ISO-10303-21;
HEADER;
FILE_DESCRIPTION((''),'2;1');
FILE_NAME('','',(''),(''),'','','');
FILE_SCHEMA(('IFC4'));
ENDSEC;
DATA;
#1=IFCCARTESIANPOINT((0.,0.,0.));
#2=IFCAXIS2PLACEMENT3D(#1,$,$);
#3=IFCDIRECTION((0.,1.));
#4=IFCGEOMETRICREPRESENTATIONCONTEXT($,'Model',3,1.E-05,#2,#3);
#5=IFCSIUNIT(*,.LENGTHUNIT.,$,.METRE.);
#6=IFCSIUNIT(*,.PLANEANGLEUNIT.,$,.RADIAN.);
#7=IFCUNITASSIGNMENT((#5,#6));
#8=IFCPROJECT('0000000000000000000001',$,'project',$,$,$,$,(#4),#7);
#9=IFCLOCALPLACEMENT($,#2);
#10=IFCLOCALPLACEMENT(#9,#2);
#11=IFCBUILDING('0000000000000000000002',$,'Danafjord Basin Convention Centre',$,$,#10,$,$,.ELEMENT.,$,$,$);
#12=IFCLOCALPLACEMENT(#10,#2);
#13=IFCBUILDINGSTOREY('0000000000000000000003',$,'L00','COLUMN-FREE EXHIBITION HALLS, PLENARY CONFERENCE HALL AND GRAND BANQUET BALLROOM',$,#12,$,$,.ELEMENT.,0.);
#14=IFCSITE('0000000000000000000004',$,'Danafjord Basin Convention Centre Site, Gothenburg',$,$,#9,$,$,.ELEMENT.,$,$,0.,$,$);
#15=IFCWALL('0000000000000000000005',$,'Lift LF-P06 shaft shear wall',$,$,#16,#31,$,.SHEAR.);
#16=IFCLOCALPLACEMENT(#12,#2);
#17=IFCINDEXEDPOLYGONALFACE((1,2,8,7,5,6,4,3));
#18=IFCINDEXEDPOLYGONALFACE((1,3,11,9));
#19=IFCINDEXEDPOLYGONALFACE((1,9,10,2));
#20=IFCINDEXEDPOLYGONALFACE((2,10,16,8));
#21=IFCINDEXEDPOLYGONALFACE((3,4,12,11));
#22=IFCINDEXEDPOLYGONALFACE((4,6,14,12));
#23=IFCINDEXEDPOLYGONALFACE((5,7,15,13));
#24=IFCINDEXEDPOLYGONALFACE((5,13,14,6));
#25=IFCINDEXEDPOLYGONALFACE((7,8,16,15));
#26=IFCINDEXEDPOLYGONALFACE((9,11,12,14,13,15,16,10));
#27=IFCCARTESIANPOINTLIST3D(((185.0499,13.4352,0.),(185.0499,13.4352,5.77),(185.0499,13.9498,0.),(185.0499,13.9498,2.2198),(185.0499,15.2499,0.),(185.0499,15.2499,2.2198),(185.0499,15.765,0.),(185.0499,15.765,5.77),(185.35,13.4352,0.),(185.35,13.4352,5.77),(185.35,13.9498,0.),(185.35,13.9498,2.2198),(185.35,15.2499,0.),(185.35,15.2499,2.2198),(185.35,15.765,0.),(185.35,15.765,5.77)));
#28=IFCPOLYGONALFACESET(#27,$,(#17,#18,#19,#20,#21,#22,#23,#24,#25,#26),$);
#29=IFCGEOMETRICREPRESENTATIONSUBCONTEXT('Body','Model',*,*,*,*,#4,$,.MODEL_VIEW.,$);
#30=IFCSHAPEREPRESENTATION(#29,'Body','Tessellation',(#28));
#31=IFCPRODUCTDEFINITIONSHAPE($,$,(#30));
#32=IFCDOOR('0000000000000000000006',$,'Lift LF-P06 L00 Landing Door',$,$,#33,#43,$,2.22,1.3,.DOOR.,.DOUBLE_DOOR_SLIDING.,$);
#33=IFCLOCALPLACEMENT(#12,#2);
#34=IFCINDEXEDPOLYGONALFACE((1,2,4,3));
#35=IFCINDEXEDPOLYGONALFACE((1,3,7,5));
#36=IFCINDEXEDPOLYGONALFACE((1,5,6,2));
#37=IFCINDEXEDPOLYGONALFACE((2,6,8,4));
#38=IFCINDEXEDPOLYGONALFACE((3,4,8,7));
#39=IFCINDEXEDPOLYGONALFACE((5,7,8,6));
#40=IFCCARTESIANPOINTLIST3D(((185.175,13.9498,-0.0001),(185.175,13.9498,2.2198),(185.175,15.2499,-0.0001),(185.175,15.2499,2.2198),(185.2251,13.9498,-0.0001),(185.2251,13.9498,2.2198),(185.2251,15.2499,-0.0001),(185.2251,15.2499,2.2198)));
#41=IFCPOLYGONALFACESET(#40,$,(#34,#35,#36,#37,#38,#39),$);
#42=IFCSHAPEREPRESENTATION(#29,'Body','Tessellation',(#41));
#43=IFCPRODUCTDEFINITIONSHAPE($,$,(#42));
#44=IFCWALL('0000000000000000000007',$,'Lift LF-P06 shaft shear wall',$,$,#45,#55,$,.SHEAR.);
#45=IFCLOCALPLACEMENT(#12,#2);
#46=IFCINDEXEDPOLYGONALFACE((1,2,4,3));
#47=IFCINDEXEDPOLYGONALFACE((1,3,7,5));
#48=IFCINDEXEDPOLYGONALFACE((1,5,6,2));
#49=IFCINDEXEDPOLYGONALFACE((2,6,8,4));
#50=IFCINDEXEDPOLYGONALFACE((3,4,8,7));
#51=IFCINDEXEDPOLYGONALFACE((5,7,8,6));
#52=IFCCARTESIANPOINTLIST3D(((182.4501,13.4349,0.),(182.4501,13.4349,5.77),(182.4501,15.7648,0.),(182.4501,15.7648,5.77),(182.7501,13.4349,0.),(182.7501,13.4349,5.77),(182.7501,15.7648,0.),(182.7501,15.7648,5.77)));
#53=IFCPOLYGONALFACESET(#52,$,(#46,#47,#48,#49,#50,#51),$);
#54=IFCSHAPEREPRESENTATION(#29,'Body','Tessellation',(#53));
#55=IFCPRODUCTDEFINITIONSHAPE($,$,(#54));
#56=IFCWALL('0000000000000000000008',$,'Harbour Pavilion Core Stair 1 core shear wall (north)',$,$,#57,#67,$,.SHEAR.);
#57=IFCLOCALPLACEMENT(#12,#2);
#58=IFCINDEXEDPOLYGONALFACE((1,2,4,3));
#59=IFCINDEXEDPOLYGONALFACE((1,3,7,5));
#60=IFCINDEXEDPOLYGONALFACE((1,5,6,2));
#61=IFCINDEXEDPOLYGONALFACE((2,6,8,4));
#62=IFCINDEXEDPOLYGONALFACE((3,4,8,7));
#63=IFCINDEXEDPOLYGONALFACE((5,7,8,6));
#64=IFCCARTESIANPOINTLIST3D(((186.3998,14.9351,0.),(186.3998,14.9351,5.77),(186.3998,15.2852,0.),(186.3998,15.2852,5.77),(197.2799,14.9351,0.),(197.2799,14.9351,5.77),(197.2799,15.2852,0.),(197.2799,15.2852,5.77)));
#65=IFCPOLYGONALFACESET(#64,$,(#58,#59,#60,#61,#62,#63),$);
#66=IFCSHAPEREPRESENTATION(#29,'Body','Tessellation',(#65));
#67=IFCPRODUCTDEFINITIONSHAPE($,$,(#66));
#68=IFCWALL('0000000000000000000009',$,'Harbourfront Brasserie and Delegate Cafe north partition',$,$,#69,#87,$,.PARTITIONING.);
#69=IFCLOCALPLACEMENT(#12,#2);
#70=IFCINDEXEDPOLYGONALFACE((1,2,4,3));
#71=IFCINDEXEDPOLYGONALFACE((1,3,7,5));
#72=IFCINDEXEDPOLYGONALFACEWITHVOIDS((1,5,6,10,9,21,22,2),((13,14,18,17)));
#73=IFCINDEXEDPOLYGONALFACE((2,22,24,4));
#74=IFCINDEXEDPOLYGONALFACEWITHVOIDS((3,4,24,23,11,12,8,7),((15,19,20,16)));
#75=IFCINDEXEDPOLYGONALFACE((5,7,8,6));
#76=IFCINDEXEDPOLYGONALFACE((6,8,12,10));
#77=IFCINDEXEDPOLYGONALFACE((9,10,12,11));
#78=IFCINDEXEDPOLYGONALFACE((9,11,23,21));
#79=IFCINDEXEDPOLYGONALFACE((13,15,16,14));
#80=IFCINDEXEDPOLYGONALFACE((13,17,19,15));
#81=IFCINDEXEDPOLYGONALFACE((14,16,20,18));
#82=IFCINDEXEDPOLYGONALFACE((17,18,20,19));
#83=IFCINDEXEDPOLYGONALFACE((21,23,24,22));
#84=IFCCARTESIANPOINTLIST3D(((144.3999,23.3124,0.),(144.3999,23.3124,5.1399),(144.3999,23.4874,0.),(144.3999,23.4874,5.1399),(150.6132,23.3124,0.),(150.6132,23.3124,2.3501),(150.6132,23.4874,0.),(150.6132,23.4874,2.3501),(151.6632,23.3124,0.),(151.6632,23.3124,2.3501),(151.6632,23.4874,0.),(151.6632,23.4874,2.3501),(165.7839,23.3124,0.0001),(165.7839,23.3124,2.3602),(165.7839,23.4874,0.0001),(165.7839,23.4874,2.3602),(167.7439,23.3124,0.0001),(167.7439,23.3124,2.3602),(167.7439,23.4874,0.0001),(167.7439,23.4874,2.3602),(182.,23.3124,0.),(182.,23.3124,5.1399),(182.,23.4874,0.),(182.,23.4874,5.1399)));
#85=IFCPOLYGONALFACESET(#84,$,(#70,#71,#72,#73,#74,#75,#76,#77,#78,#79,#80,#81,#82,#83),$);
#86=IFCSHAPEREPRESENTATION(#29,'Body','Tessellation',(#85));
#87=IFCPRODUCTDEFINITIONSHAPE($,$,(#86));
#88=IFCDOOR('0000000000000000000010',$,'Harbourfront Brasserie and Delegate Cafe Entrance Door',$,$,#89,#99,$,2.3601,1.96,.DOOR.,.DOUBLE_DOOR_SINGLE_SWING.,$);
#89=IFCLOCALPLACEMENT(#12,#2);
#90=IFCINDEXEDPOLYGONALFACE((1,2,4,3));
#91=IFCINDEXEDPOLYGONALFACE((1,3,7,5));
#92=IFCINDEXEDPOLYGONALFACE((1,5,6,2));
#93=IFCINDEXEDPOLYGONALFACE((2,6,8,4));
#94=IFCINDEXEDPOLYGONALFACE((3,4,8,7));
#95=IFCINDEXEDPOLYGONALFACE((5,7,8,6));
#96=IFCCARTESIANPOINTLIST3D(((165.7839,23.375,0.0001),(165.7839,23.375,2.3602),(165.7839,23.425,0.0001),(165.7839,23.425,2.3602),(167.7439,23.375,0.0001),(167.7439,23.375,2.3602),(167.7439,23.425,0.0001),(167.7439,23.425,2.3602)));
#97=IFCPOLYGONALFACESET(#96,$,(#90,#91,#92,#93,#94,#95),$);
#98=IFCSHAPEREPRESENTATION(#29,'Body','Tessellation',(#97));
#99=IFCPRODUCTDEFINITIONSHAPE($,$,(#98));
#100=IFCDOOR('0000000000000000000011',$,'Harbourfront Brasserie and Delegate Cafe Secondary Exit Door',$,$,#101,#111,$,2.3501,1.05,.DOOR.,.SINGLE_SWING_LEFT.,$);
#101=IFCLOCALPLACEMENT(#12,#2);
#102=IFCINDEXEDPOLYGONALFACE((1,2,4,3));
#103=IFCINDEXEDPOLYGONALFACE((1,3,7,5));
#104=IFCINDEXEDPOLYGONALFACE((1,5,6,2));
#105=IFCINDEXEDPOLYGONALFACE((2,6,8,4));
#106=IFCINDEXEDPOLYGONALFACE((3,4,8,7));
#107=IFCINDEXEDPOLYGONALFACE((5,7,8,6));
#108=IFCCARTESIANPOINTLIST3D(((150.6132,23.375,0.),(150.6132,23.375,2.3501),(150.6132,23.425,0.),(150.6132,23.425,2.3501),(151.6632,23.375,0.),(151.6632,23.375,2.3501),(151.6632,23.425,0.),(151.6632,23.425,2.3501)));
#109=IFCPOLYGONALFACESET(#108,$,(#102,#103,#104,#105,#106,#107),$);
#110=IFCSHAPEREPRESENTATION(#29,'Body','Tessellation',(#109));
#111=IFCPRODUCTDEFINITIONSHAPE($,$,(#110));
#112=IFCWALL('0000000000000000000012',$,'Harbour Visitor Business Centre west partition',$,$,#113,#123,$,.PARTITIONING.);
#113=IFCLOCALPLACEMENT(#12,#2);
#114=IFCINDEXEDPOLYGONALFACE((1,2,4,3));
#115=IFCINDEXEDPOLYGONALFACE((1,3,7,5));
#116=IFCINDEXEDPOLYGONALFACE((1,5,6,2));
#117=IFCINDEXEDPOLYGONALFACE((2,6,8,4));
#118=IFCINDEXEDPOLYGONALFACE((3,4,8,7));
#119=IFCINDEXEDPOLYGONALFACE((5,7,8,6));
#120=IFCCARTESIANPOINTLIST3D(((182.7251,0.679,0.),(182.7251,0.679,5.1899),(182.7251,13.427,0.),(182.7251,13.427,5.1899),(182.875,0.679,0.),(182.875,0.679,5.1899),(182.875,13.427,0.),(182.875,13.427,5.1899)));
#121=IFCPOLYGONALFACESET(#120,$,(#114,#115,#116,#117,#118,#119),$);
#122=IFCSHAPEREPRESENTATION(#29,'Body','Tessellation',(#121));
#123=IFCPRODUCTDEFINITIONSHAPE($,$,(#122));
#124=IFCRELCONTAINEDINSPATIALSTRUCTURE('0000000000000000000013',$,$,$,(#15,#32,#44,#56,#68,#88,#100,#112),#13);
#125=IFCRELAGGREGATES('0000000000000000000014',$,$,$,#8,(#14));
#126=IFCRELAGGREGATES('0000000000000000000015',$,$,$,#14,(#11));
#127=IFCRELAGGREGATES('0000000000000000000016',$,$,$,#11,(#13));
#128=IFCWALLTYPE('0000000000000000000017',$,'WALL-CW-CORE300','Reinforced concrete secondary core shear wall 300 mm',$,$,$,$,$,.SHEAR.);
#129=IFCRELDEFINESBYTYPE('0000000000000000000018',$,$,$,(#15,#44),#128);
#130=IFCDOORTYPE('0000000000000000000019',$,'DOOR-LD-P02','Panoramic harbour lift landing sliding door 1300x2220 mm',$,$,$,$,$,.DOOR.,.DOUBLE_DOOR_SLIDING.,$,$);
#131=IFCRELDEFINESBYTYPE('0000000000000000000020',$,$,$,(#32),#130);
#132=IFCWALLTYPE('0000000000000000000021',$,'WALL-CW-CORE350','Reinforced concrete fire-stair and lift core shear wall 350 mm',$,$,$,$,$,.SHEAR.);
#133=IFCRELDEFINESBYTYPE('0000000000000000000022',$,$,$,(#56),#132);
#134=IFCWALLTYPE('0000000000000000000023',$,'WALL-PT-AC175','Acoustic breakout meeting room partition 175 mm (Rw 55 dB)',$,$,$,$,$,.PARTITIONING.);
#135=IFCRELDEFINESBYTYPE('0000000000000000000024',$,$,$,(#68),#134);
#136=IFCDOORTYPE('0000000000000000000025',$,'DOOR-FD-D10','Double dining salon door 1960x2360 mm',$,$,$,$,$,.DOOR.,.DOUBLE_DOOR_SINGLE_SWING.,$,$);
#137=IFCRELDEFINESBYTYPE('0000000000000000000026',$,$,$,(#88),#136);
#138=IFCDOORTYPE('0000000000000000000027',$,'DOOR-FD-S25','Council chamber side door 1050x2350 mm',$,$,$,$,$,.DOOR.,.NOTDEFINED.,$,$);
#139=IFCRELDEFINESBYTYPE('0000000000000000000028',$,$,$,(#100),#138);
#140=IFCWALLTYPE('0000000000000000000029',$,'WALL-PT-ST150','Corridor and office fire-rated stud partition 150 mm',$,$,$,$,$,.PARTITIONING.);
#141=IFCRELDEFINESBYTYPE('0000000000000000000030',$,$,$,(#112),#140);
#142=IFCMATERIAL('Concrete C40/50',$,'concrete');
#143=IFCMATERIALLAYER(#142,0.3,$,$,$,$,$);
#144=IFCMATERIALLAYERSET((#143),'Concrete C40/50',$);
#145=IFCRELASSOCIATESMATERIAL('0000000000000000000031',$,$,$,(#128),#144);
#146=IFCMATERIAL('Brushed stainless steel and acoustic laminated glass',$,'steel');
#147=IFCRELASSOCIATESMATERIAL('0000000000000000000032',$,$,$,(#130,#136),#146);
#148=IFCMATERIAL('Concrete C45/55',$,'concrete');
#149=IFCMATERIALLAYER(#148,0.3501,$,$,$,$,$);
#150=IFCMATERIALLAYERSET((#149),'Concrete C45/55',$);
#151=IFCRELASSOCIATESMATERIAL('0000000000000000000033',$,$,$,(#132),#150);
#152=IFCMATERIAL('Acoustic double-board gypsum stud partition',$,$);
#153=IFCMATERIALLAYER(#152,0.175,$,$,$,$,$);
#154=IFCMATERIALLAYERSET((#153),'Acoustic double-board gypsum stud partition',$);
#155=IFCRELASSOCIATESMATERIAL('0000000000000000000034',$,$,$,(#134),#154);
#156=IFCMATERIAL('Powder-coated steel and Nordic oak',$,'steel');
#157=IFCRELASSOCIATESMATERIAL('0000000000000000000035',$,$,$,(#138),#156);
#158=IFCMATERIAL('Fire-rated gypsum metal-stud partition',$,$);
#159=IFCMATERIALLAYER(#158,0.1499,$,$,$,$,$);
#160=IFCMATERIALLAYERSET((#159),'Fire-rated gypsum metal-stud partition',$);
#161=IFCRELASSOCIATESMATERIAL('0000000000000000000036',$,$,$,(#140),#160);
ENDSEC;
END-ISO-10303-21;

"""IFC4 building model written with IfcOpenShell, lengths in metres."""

from ifc_helpers import new_model, si_unit, direction, frame, frame_2d, origin, place, context, subcontext, project, spatial, rectangle, extrude, material, layer, layer_set, type_object, element, fill, save


model = new_model("IFC4")

# Units and contexts
model_context = context("Model", 3, precision=1e-05, world=origin(), true_north=direction((0.0, 1.0)))
body_context = subcontext(model_context, "Body", "Model", "MODEL_VIEW")
ifc_project = project(units=[si_unit("LENGTHUNIT", "METRE"), si_unit("PLANEANGLEUNIT", "RADIAN")], contexts=[model_context])

# Site, building, storey
site_placement = place(None, origin())
site = spatial("IfcSite", under=ifc_project, at=site_placement, Name="Danafjord Basin Convention Centre Site, Gothenburg", CompositionType="ELEMENT", RefElevation=0.0)
building_placement = place(site_placement, origin())
building = spatial("IfcBuilding", under=site, at=building_placement, Name="Danafjord Basin Convention Centre", CompositionType="ELEMENT")
storey_placement = place(building_placement, origin())
storey = spatial("IfcBuildingStorey", under=building, at=storey_placement, Name="L00", Description="COLUMN-FREE EXHIBITION HALLS, PLENARY CONFERENCE HALL AND GRAND BANQUET BALLROOM", CompositionType="ELEMENT", Elevation=0.0)

# Shared definitions
ifc_material_1 = material(Name="Concrete C40/50", Category="concrete")
ifc_layer_1 = layer(ifc_material_1, 0.3)
ifc_layer_set_1 = layer_set([ifc_layer_1], Name="Concrete C40/50")
wall_type_1 = type_object("IfcWallType", Name="WALL-CW-CORE300", Description="Reinforced concrete secondary core shear wall 300 mm", PredefinedType="SHEAR", material=ifc_layer_set_1)

# Wall, opening, door
wall_1_placement = place(storey_placement, frame((185.2, 13.4351, 0.0), z_axis=(0.0, 0.0, 1.0), x_axis=(0.0, 1.0, 0.0)))
wall_1 = element("IfcWall", 1, at=wall_1_placement, inside=storey, type_object=wall_type_1, Name="Lift LF-P06 shaft shear wall", PredefinedType="SHEAR", context=body_context, shape_type="SweptSolid", body=[
    extrude(rectangle(XDim=2.3298, YDim=0.3, at=frame_2d((1.165, 0.0))), origin(), (0.0, 0.0, 1.0), 5.77),
])
opening_1_placement = place(wall_1_placement, frame((0.5149, 0.0, 0.0)))
opening_1 = element("IfcOpeningElement", 2, at=opening_1_placement, cuts=wall_1, PredefinedType="OPENING", context=body_context, shape_type="SweptSolid", body=[
    extrude(rectangle(XDim=1.3, YDim=2.22, at=frame_2d((0.6499, 1.1099))), frame((0.0, 0.1599, 0.0), z_axis=(0.0, -1.0, 0.0), x_axis=(1.0, 0.0, 0.0)), (0.0, 0.0, 1.0), 0.3201),
])
ifc_material_2 = material(Name="Brushed stainless steel and acoustic laminated glass", Category="steel")
door_type_1 = type_object("IfcDoorType", Name="DOOR-LD-P02", Description="Panoramic harbour lift landing sliding door 1300x2220 mm", OperationType="DOUBLE_DOOR_SLIDING", PredefinedType="DOOR", material=ifc_material_2)
door_1_placement = place(opening_1_placement, origin())
door_1 = element("IfcDoor", 3, at=door_1_placement, inside=storey, type_object=door_type_1, Name="Lift LF-P06 L00 Landing Door", OperationType="DOUBLE_DOOR_SLIDING", OverallHeight=2.22, OverallWidth=1.3, PredefinedType="DOOR", context=body_context, shape_type="SweptSolid", body=[
    extrude(rectangle(XDim=1.3, YDim=2.22, at=frame_2d((0.6499, 1.1099))), frame((0.0, 0.0249, 0.0), z_axis=(0.0, -1.0, 0.0), x_axis=(1.0, 0.0, 0.0)), (0.0, 0.0, 1.0), 0.05),
])
fill(opening_1, door_1)

# Walls
wall_2_placement = place(storey_placement, frame((182.6001, 15.7649, 0.0), z_axis=(0.0, 0.0, 1.0), x_axis=(0.0, -1.0, 0.0)))
element("IfcWall", 4, at=wall_2_placement, inside=storey, type_object=wall_type_1, Name="Lift LF-P06 shaft shear wall", PredefinedType="SHEAR", context=body_context, shape_type="SweptSolid", body=[
    extrude(rectangle(XDim=2.3298, YDim=0.3, at=frame_2d((1.165, 0.0))), origin(), (0.0, 0.0, 1.0), 5.77),
])
ifc_material_3 = material(Name="Concrete C45/55", Category="concrete")
ifc_layer_2 = layer(ifc_material_3, 0.3501)
ifc_layer_set_2 = layer_set([ifc_layer_2], Name="Concrete C45/55")
wall_type_2 = type_object("IfcWallType", Name="WALL-CW-CORE350", Description="Reinforced concrete fire-stair and lift core shear wall 350 mm", PredefinedType="SHEAR", material=ifc_layer_set_2)
wall_3_placement = place(storey_placement, frame((186.3999, 15.1101, 0.0), z_axis=(0.0, 0.0, 1.0), x_axis=(1.0, 0.0, 0.0)))
element("IfcWall", 5, at=wall_3_placement, inside=storey, type_object=wall_type_2, Name="Harbour Pavilion Core Stair 1 core shear wall (north)", PredefinedType="SHEAR", context=body_context, shape_type="SweptSolid", body=[
    extrude(rectangle(XDim=10.8801, YDim=0.3501, at=frame_2d((5.4399, 0.0))), origin(), (0.0, 0.0, 1.0), 5.77),
])

# Wall, openings, doors
ifc_material_4 = material(Name="Acoustic double-board gypsum stud partition")
ifc_layer_3 = layer(ifc_material_4, 0.175)
ifc_layer_set_3 = layer_set([ifc_layer_3], Name="Acoustic double-board gypsum stud partition")
wall_type_3 = type_object("IfcWallType", Name="WALL-PT-AC175", Description="Acoustic breakout meeting room partition 175 mm (Rw 55 dB)", PredefinedType="PARTITIONING", material=ifc_layer_set_3)
wall_4_placement = place(storey_placement, frame((182.0, 23.3999, 0.0), z_axis=(0.0, 0.0, 1.0), x_axis=(-1.0, 0.0, 0.0)))
wall_4 = element("IfcWall", 6, at=wall_4_placement, inside=storey, type_object=wall_type_3, Name="Harbourfront Brasserie and Delegate Cafe north partition", PredefinedType="PARTITIONING", context=body_context, shape_type="SweptSolid", body=[
    extrude(rectangle(XDim=37.6001, YDim=0.175, at=frame_2d((18.8, 0.0))), origin(), (0.0, 0.0, 1.0), 5.1399),
])
opening_2_placement = place(wall_4_placement, frame((14.2561, 0.0, 0.0)))
opening_2 = element("IfcOpeningElement", 7, at=opening_2_placement, cuts=wall_4, PredefinedType="OPENING", context=body_context, shape_type="SweptSolid", body=[
    extrude(rectangle(XDim=1.96, YDim=2.3601, at=frame_2d((0.98, 1.1802))), frame((0.0, 0.0974, 0.0), z_axis=(0.0, -1.0, 0.0), x_axis=(1.0, 0.0, 0.0)), (0.0, 0.0, 1.0), 0.1951),
])
opening_3_placement = place(wall_4_placement, frame((30.3369, 0.0, 0.0)))
opening_3 = element("IfcOpeningElement", 8, at=opening_3_placement, cuts=wall_4, PredefinedType="OPENING", context=body_context, shape_type="SweptSolid", body=[
    extrude(rectangle(XDim=1.05, YDim=2.3501, at=frame_2d((0.5249, 1.175))), frame((0.0, 0.0974, 0.0), z_axis=(0.0, -1.0, 0.0), x_axis=(1.0, 0.0, 0.0)), (0.0, 0.0, 1.0), 0.1951),
])
door_type_2 = type_object("IfcDoorType", Name="DOOR-FD-D10", Description="Double dining salon door 1960x2360 mm", OperationType="DOUBLE_DOOR_SINGLE_SWING", PredefinedType="DOOR", material=ifc_material_2)
door_2_placement = place(opening_2_placement, origin())
door_2 = element("IfcDoor", 9, at=door_2_placement, inside=storey, type_object=door_type_2, Name="Harbourfront Brasserie and Delegate Cafe Entrance Door", OperationType="DOUBLE_DOOR_SINGLE_SWING", OverallHeight=2.3601, OverallWidth=1.96, PredefinedType="DOOR", context=body_context, shape_type="SweptSolid", body=[
    extrude(rectangle(XDim=1.96, YDim=2.3601, at=frame_2d((0.98, 1.1802))), frame((0.0, 0.0249, 0.0), z_axis=(0.0, -1.0, 0.0), x_axis=(1.0, 0.0, 0.0)), (0.0, 0.0, 1.0), 0.05),
])
fill(opening_2, door_2)
ifc_material_5 = material(Name="Powder-coated steel and Nordic oak", Category="steel")
door_type_3 = type_object("IfcDoorType", Name="DOOR-FD-S25", Description="Council chamber side door 1050x2350 mm", OperationType="NOTDEFINED", PredefinedType="DOOR", material=ifc_material_5)
door_3_placement = place(opening_3_placement, origin())
door_3 = element("IfcDoor", 10, at=door_3_placement, inside=storey, type_object=door_type_3, Name="Harbourfront Brasserie and Delegate Cafe Secondary Exit Door", OperationType="SINGLE_SWING_LEFT", OverallHeight=2.3501, OverallWidth=1.05, PredefinedType="DOOR", context=body_context, shape_type="SweptSolid", body=[
    extrude(rectangle(XDim=1.05, YDim=2.3501, at=frame_2d((0.5249, 1.175))), frame((0.0, 0.0249, 0.0), z_axis=(0.0, -1.0, 0.0), x_axis=(1.0, 0.0, 0.0)), (0.0, 0.0, 1.0), 0.05),
])
fill(opening_3, door_3)

# Wall
ifc_material_6 = material(Name="Fire-rated gypsum metal-stud partition")
ifc_layer_4 = layer(ifc_material_6, 0.1499)
ifc_layer_set_4 = layer_set([ifc_layer_4], Name="Fire-rated gypsum metal-stud partition")
wall_type_4 = type_object("IfcWallType", Name="WALL-PT-ST150", Description="Corridor and office fire-rated stud partition 150 mm", PredefinedType="PARTITIONING", material=ifc_layer_set_4)
wall_5_placement = place(storey_placement, frame((182.8, 13.427, 0.0), z_axis=(0.0, 0.0, 1.0), x_axis=(0.0, -1.0, 0.0)))
element("IfcWall", 11, at=wall_5_placement, inside=storey, type_object=wall_type_4, Name="Harbour Visitor Business Centre west partition", PredefinedType="PARTITIONING", context=body_context, shape_type="SweptSolid", body=[
    extrude(rectangle(XDim=12.748, YDim=0.1499, at=frame_2d((6.374, 0.0))), origin(), (0.0, 0.0, 1.0), 5.1899),
])

save(model, "model.ifc")
